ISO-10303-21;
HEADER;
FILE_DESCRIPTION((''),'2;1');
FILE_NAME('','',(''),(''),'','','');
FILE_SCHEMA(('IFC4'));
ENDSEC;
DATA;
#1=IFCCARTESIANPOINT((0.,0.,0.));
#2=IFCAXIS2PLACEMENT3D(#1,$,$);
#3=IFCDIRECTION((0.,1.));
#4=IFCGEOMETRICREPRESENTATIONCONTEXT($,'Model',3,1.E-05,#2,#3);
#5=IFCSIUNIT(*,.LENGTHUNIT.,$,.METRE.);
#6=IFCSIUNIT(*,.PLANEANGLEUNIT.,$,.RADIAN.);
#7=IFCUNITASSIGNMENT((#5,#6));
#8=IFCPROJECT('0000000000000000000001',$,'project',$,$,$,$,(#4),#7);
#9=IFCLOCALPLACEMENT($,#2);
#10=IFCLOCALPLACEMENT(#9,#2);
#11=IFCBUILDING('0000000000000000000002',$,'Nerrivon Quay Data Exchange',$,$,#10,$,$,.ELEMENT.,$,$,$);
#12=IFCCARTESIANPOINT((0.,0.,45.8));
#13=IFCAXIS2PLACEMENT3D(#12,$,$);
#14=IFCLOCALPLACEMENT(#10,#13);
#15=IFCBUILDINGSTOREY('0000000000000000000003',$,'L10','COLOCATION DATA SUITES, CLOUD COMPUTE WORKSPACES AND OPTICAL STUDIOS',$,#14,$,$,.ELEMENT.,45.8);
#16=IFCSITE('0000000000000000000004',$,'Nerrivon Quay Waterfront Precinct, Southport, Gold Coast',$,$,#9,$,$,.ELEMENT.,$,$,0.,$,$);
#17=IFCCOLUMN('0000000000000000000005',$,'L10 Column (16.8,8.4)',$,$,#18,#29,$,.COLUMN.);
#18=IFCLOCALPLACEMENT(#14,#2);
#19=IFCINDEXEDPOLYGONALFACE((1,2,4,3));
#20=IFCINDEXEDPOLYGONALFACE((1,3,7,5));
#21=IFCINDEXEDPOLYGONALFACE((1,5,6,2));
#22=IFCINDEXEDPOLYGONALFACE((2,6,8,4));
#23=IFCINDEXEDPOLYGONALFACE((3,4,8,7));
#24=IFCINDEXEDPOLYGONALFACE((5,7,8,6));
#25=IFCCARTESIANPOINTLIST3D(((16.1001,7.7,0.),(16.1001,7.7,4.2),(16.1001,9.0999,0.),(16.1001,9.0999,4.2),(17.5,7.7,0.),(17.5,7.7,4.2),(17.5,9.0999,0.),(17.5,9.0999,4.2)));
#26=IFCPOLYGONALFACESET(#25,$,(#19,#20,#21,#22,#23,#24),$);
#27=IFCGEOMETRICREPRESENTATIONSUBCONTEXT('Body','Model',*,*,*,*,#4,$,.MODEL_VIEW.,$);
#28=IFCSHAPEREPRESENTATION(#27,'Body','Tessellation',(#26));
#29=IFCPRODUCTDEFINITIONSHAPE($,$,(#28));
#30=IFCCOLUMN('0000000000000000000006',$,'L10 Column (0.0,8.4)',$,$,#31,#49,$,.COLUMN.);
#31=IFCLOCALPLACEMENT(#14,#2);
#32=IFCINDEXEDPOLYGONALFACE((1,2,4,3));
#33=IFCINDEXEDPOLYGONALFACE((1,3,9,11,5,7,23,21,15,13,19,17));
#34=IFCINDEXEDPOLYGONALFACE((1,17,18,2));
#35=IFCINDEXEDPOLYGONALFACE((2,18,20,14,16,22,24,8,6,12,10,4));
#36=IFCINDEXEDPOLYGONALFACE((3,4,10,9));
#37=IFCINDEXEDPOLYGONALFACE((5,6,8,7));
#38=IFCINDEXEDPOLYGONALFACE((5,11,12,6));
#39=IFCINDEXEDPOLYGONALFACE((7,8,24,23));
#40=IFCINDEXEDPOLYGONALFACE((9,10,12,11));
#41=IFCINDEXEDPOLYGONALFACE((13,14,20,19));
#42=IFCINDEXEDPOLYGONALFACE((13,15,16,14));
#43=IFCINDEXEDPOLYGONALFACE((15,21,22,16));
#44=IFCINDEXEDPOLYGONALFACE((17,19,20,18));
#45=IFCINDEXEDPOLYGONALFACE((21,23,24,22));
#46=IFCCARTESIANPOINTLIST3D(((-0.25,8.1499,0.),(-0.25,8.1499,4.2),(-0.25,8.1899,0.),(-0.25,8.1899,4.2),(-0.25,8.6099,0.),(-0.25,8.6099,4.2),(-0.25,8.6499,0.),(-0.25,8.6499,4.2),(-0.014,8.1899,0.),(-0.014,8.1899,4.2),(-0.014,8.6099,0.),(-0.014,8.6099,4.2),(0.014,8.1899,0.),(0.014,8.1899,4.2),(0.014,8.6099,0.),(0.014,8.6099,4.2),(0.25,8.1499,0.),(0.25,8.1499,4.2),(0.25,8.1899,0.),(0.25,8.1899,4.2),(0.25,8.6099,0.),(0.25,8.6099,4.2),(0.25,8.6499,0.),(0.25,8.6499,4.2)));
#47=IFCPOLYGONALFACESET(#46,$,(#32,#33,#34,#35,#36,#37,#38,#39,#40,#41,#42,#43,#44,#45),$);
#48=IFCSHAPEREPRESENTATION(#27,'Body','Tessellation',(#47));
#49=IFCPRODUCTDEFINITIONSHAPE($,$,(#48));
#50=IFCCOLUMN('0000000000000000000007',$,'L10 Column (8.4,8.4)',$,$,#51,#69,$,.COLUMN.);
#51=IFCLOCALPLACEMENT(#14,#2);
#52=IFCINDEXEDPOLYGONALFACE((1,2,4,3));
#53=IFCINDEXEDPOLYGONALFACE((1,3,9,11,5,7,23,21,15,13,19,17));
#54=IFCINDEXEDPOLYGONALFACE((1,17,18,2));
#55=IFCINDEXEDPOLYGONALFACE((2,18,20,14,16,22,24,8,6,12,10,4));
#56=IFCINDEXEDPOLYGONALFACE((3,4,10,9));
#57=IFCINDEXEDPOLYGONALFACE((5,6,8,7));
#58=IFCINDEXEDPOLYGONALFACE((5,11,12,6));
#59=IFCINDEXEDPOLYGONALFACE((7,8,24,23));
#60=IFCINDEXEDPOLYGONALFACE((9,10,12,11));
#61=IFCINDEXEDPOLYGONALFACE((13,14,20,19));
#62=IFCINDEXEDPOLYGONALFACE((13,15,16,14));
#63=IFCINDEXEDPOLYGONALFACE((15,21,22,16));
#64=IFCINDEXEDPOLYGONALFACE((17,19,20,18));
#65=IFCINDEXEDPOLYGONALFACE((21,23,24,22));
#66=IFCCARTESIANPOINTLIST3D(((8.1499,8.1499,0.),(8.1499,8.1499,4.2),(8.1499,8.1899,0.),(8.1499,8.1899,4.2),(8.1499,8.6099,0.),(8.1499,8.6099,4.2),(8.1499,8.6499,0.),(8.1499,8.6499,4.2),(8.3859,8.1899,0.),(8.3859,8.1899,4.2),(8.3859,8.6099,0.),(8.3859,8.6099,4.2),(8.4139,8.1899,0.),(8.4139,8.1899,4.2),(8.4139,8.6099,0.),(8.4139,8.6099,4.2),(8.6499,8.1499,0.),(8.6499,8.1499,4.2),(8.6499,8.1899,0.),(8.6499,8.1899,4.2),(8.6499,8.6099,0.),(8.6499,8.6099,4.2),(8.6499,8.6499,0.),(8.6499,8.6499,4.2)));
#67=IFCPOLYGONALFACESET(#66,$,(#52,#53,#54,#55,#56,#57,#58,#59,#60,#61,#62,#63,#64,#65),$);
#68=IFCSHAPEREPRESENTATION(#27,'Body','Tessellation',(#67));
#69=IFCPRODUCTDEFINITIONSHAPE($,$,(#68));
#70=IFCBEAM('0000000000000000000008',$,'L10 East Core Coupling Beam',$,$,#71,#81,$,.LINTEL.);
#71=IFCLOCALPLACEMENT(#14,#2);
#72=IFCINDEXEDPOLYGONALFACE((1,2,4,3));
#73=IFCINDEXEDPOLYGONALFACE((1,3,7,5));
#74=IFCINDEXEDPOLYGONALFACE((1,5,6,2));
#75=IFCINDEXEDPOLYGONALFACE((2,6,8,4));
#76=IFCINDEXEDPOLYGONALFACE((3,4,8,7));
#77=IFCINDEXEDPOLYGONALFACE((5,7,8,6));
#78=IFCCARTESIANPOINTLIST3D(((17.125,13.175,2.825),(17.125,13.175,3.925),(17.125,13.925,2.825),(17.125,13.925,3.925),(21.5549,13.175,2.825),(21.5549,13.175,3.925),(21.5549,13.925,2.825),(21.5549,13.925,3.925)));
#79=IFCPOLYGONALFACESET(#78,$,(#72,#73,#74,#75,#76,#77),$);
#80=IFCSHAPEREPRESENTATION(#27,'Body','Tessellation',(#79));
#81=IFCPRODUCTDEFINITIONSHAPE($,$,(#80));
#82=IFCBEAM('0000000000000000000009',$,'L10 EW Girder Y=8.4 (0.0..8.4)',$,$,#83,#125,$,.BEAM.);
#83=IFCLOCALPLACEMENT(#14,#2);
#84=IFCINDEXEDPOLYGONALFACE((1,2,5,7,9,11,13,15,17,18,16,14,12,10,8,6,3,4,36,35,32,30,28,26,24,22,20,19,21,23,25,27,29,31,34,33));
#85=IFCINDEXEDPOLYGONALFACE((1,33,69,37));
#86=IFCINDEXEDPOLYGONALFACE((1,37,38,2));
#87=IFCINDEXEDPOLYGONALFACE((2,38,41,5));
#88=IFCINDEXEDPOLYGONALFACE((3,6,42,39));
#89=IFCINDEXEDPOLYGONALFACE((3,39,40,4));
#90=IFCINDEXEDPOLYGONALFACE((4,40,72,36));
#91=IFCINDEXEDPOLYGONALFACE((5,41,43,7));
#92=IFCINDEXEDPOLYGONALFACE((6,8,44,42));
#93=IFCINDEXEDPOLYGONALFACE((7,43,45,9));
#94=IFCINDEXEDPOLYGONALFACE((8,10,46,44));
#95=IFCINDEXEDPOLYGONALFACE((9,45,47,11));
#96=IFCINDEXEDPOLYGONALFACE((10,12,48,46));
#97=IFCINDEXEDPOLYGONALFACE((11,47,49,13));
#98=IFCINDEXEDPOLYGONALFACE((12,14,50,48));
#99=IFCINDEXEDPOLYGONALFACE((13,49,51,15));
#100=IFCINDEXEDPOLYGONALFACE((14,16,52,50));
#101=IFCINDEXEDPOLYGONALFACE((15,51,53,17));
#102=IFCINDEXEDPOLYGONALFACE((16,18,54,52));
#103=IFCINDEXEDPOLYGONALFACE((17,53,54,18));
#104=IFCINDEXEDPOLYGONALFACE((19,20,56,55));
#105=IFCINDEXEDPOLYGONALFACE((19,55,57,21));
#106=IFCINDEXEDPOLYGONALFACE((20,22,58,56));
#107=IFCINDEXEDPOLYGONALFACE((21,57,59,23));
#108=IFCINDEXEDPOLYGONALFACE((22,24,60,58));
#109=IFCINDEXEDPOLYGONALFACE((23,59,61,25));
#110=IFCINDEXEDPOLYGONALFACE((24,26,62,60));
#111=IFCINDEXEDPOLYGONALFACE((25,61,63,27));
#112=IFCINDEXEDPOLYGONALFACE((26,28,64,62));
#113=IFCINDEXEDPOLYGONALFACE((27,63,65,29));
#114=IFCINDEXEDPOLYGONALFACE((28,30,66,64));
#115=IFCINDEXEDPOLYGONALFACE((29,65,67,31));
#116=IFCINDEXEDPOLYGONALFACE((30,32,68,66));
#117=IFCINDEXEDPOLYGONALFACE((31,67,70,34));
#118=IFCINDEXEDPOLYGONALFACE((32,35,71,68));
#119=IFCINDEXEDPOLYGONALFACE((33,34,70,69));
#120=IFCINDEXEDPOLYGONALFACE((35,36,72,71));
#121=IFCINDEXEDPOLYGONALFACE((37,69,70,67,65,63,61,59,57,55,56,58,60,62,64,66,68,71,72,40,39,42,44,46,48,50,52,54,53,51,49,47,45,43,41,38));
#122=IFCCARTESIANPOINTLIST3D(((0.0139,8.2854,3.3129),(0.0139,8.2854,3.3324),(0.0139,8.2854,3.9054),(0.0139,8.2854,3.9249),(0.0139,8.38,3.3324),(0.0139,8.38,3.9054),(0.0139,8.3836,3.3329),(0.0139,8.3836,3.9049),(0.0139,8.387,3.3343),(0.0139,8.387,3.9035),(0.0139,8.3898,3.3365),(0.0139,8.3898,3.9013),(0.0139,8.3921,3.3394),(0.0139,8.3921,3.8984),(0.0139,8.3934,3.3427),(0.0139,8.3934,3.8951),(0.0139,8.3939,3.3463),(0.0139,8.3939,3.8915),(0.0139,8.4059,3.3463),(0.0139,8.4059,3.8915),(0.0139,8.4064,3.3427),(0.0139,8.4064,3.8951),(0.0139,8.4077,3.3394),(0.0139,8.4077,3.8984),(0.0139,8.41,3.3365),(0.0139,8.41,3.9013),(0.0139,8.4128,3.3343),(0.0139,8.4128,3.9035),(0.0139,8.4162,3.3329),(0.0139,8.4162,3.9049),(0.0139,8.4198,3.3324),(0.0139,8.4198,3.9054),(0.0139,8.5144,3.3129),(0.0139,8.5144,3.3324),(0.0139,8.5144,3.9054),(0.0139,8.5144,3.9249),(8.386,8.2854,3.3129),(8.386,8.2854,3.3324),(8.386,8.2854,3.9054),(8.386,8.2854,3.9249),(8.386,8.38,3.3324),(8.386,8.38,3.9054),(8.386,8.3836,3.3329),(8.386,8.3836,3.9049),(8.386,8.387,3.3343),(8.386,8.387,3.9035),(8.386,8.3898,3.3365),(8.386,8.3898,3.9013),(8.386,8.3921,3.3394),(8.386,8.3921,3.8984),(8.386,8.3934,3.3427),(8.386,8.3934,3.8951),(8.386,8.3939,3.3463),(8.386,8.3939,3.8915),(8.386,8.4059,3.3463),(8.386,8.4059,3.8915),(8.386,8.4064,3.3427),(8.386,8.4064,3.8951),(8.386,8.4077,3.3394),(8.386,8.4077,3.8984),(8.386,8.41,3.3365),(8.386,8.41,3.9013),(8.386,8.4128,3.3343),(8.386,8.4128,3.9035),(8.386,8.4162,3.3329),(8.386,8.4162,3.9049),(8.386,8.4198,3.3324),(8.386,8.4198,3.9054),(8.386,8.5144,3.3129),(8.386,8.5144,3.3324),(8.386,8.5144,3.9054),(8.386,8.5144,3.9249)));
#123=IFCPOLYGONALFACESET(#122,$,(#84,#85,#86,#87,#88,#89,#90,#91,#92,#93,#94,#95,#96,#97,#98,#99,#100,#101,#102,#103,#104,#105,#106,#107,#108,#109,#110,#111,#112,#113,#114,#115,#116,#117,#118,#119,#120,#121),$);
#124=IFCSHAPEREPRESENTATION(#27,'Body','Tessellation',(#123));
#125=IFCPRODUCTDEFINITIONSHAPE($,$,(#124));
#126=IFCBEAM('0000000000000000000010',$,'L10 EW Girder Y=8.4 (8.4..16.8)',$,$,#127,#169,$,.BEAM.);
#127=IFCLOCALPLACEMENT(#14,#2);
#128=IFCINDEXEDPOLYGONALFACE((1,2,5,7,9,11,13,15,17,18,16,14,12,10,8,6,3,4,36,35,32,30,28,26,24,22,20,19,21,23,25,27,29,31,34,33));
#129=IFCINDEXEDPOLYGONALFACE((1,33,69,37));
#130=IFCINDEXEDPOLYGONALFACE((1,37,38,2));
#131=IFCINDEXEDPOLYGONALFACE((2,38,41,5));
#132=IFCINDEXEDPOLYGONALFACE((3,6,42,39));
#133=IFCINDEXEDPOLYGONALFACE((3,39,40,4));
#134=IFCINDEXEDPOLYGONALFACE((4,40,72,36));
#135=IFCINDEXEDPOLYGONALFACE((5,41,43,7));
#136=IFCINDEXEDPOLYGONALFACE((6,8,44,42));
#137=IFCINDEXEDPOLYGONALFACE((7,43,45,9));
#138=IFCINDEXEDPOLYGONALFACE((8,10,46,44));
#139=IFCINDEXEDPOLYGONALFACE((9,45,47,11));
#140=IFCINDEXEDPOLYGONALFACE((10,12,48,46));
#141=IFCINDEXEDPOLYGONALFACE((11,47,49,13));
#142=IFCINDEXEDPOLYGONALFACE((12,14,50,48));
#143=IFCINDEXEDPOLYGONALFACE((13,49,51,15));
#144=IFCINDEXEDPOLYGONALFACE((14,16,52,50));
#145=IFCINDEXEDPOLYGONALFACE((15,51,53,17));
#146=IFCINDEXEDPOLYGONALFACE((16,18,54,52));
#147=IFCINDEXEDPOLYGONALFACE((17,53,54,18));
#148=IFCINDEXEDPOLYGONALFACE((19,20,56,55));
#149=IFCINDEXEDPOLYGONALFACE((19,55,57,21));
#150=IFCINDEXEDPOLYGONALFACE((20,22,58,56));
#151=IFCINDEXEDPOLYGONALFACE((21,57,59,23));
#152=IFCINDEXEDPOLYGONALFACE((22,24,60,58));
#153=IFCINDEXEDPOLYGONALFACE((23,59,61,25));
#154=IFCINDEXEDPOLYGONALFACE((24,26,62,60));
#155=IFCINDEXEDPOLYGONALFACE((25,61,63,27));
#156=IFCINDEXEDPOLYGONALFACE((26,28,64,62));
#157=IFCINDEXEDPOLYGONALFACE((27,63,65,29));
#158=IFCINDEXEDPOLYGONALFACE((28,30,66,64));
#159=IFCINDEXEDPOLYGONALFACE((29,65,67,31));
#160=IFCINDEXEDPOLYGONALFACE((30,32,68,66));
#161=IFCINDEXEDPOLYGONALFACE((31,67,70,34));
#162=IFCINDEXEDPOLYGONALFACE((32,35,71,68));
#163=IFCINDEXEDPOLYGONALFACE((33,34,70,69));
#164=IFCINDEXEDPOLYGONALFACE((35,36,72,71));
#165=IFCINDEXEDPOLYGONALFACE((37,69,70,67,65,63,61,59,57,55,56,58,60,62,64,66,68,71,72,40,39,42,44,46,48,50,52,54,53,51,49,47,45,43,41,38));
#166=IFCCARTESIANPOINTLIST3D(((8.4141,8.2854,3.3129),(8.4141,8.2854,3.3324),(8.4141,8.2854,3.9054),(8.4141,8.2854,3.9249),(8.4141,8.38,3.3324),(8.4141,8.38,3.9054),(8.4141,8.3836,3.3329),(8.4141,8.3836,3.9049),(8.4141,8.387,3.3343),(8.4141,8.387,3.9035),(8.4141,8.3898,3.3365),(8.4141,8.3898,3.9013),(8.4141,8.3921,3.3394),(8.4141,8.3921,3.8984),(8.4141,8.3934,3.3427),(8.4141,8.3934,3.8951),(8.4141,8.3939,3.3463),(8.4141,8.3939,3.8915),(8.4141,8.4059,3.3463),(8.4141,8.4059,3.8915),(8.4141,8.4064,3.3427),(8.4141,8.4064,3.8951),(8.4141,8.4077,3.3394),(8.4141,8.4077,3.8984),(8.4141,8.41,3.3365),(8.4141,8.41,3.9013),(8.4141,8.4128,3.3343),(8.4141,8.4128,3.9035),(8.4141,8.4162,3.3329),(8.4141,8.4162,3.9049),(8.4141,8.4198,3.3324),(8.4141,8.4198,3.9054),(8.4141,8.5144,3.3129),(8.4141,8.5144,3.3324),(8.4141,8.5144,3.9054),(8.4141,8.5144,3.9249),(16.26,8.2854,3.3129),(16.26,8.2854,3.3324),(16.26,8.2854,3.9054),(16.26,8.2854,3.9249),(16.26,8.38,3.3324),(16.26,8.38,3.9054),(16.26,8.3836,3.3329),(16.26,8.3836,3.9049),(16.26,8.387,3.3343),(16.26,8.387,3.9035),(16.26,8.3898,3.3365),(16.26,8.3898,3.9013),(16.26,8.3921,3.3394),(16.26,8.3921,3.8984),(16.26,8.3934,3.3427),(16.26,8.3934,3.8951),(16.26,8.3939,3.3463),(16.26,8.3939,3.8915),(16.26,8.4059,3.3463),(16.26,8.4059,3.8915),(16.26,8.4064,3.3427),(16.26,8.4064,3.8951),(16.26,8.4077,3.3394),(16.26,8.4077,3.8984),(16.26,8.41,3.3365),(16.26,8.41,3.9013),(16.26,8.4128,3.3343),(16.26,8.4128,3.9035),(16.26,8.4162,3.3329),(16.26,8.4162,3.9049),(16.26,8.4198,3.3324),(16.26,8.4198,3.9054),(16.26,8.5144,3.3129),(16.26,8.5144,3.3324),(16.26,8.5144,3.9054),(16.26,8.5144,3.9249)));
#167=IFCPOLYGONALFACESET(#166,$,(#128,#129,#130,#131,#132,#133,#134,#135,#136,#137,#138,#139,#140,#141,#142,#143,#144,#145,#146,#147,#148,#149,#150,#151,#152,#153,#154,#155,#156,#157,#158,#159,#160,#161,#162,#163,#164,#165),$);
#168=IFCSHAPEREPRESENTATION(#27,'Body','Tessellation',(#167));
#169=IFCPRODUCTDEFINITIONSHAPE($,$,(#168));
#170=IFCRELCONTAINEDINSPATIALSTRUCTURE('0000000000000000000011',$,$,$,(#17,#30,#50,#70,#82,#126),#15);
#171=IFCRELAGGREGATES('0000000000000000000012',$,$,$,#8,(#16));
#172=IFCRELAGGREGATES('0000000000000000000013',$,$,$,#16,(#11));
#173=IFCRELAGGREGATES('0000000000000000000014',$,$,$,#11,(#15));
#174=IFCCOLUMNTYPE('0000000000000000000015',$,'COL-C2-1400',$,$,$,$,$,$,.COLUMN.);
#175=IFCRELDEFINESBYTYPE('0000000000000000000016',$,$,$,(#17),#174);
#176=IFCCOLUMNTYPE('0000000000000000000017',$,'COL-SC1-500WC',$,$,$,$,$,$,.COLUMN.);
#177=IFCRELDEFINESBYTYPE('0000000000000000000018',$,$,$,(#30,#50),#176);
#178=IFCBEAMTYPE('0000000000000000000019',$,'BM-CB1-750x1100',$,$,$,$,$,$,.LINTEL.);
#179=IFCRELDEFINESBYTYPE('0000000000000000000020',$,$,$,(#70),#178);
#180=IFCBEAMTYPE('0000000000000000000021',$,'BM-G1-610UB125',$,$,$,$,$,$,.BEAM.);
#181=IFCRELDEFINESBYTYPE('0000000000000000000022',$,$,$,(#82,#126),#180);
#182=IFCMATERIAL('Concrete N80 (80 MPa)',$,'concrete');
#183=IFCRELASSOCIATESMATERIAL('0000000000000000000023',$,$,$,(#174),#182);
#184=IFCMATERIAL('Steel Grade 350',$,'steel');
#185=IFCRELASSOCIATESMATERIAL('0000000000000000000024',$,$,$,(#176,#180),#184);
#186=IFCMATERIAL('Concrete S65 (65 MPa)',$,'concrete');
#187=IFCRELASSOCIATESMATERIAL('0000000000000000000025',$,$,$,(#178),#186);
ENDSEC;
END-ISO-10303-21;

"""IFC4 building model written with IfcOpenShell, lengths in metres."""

from ifc_helpers import new_model, si_unit, direction, frame, origin, origin_2d, place, context, subcontext, project, spatial, rectangle, i_section, extrude, material, material_profile, profile_set, type_object, element, save


model = new_model("IFC4")

# Units and contexts
model_context = context("Model", 3, precision=1e-05, world=origin(), true_north=direction((0.0, 1.0)))
body_context = subcontext(model_context, "Body", "Model", "MODEL_VIEW")
ifc_project = project(units=[si_unit("LENGTHUNIT", "METRE"), si_unit("PLANEANGLEUNIT", "RADIAN")], contexts=[model_context])

# Site, building, storey
site_placement = place(None, origin())
site = spatial("IfcSite", under=ifc_project, at=site_placement, Name="Nerrivon Quay Waterfront Precinct, Southport, Gold Coast", CompositionType="ELEMENT", RefElevation=0.0)
building_placement = place(site_placement, origin())
building = spatial("IfcBuilding", under=site, at=building_placement, Name="Nerrivon Quay Data Exchange", CompositionType="ELEMENT")
storey_placement = place(building_placement, frame((0.0, 0.0, 45.8)))
storey = spatial("IfcBuildingStorey", under=building, at=storey_placement, Name="L10", Description="COLOCATION DATA SUITES, CLOUD COMPUTE WORKSPACES AND OPTICAL STUDIOS", CompositionType="ELEMENT", Elevation=45.8)

# Columns
ifc_material_1 = material(Name="Concrete N80 (80 MPa)", Category="concrete")
ifc_material_profile_1 = material_profile(ifc_material_1, rectangle(XDim=1.3999, YDim=1.3999, at=origin_2d()), Name="RC-COL-1400x1400")
ifc_profile_set_1 = profile_set([ifc_material_profile_1], Name="Concrete N80 (80 MPa)")
column_type_1 = type_object("IfcColumnType", Name="COL-C2-1400", PredefinedType="COLUMN", material=ifc_profile_set_1)
column_placement = place(storey_placement, frame((16.8, 8.3999, 0.0), z_axis=(0.0, 0.0, 1.0), x_axis=(1.0, 0.0, 0.0)))
element("IfcColumn", 1, at=column_placement, inside=storey, type_object=column_type_1, Name="L10 Column (16.8,8.4)", PredefinedType="COLUMN", context=body_context, shape_type="SweptSolid", body=[
    extrude(rectangle(XDim=1.3999, YDim=1.3999, at=origin_2d()), origin(), (0.0, 0.0, 1.0), 4.2),
])
ifc_material_2 = material(Name="Steel Grade 350", Category="steel")
ifc_material_profile_2 = material_profile(ifc_material_2, i_section(OverallWidth=0.5, OverallDepth=0.5, WebThickness=0.0281, FlangeThickness=0.04, at=origin_2d()), Name="500WC440")
ifc_profile_set_2 = profile_set([ifc_material_profile_2], Name="Steel Grade 350")
column_type_2 = type_object("IfcColumnType", Name="COL-SC1-500WC", PredefinedType="COLUMN", material=ifc_profile_set_2)
for number, where, z_axis, x_axis, name in (
    (2, (0.0, 8.3999, 0.0), (0.0, 0.0, 1.0), (1.0, 0.0, 0.0), "L10 Column (0.0,8.4)"),
    (3, (8.3999, 8.3999, 0.0), (0.0, 0.0, 1.0), (1.0, 0.0, 0.0), "L10 Column (8.4,8.4)"),
):
    element("IfcColumn", number, at=place(storey_placement, frame(where, z_axis=z_axis, x_axis=x_axis)), inside=storey, type_object=column_type_2, Name=name, PredefinedType="COLUMN", context=body_context, shape_type="SweptSolid", body=[
        extrude(i_section(OverallWidth=0.5, OverallDepth=0.5, WebThickness=0.0281, FlangeThickness=0.04, at=origin_2d()), origin(), (0.0, 0.0, 1.0), 4.2),
    ])

# Beams
ifc_material_3 = material(Name="Concrete S65 (65 MPa)", Category="concrete")
ifc_material_profile_3 = material_profile(ifc_material_3, rectangle(XDim=0.75, YDim=1.1001, at=origin_2d()), Name="RC-CB-750x1100")
ifc_profile_set_3 = profile_set([ifc_material_profile_3], Name="Concrete S65 (65 MPa)")
beam_type_1 = type_object("IfcBeamType", Name="BM-CB1-750x1100", PredefinedType="LINTEL", material=ifc_profile_set_3)
beam_1_placement = place(storey_placement, frame((17.125, 13.55, 3.375), z_axis=(1.0, 0.0, 0.0), x_axis=(0.0, 1.0, 0.0)))
element("IfcBeam", 4, at=beam_1_placement, inside=storey, type_object=beam_type_1, Name="L10 East Core Coupling Beam", PredefinedType="LINTEL", context=body_context, shape_type="SweptSolid", body=[
    extrude(rectangle(XDim=0.75, YDim=1.1001, at=origin_2d()), origin(), (0.0, 0.0, 1.0), 4.4299),
])
ifc_material_profile_4 = material_profile(ifc_material_2, i_section(OverallWidth=0.229, OverallDepth=0.6121, WebThickness=0.012, FlangeThickness=0.0195, FilletRadius=0.0139, at=origin_2d()), Name="610UB125")
ifc_profile_set_4 = profile_set([ifc_material_profile_4], Name="Steel Grade 350")
beam_type_2 = type_object("IfcBeamType", Name="BM-G1-610UB125", PredefinedType="BEAM", material=ifc_profile_set_4)
beam_2_placement = place(storey_placement, frame((0.0139, 8.3999, 3.6189), z_axis=(1.0, 0.0, 0.0), x_axis=(0.0, 1.0, 0.0)))
element("IfcBeam", 5, at=beam_2_placement, inside=storey, type_object=beam_type_2, Name="L10 EW Girder Y=8.4 (0.0..8.4)", PredefinedType="BEAM", context=body_context, shape_type="SweptSolid", body=[
    extrude(i_section(OverallWidth=0.229, OverallDepth=0.6121, WebThickness=0.012, FlangeThickness=0.0195, FilletRadius=0.0139, at=origin_2d()), origin(), (0.0, 0.0, 1.0), 8.3721),
])
beam_3_placement = place(storey_placement, frame((8.4141, 8.3999, 3.6189), z_axis=(1.0, 0.0, 0.0), x_axis=(0.0, 1.0, 0.0)))
element("IfcBeam", 6, at=beam_3_placement, inside=storey, type_object=beam_type_2, Name="L10 EW Girder Y=8.4 (8.4..16.8)", PredefinedType="BEAM", context=body_context, shape_type="SweptSolid", body=[
    extrude(i_section(OverallWidth=0.229, OverallDepth=0.6121, WebThickness=0.012, FlangeThickness=0.0195, FilletRadius=0.0139, at=origin_2d()), origin(), (0.0, 0.0, 1.0), 7.8459),
])

save(model, "model.ifc")
